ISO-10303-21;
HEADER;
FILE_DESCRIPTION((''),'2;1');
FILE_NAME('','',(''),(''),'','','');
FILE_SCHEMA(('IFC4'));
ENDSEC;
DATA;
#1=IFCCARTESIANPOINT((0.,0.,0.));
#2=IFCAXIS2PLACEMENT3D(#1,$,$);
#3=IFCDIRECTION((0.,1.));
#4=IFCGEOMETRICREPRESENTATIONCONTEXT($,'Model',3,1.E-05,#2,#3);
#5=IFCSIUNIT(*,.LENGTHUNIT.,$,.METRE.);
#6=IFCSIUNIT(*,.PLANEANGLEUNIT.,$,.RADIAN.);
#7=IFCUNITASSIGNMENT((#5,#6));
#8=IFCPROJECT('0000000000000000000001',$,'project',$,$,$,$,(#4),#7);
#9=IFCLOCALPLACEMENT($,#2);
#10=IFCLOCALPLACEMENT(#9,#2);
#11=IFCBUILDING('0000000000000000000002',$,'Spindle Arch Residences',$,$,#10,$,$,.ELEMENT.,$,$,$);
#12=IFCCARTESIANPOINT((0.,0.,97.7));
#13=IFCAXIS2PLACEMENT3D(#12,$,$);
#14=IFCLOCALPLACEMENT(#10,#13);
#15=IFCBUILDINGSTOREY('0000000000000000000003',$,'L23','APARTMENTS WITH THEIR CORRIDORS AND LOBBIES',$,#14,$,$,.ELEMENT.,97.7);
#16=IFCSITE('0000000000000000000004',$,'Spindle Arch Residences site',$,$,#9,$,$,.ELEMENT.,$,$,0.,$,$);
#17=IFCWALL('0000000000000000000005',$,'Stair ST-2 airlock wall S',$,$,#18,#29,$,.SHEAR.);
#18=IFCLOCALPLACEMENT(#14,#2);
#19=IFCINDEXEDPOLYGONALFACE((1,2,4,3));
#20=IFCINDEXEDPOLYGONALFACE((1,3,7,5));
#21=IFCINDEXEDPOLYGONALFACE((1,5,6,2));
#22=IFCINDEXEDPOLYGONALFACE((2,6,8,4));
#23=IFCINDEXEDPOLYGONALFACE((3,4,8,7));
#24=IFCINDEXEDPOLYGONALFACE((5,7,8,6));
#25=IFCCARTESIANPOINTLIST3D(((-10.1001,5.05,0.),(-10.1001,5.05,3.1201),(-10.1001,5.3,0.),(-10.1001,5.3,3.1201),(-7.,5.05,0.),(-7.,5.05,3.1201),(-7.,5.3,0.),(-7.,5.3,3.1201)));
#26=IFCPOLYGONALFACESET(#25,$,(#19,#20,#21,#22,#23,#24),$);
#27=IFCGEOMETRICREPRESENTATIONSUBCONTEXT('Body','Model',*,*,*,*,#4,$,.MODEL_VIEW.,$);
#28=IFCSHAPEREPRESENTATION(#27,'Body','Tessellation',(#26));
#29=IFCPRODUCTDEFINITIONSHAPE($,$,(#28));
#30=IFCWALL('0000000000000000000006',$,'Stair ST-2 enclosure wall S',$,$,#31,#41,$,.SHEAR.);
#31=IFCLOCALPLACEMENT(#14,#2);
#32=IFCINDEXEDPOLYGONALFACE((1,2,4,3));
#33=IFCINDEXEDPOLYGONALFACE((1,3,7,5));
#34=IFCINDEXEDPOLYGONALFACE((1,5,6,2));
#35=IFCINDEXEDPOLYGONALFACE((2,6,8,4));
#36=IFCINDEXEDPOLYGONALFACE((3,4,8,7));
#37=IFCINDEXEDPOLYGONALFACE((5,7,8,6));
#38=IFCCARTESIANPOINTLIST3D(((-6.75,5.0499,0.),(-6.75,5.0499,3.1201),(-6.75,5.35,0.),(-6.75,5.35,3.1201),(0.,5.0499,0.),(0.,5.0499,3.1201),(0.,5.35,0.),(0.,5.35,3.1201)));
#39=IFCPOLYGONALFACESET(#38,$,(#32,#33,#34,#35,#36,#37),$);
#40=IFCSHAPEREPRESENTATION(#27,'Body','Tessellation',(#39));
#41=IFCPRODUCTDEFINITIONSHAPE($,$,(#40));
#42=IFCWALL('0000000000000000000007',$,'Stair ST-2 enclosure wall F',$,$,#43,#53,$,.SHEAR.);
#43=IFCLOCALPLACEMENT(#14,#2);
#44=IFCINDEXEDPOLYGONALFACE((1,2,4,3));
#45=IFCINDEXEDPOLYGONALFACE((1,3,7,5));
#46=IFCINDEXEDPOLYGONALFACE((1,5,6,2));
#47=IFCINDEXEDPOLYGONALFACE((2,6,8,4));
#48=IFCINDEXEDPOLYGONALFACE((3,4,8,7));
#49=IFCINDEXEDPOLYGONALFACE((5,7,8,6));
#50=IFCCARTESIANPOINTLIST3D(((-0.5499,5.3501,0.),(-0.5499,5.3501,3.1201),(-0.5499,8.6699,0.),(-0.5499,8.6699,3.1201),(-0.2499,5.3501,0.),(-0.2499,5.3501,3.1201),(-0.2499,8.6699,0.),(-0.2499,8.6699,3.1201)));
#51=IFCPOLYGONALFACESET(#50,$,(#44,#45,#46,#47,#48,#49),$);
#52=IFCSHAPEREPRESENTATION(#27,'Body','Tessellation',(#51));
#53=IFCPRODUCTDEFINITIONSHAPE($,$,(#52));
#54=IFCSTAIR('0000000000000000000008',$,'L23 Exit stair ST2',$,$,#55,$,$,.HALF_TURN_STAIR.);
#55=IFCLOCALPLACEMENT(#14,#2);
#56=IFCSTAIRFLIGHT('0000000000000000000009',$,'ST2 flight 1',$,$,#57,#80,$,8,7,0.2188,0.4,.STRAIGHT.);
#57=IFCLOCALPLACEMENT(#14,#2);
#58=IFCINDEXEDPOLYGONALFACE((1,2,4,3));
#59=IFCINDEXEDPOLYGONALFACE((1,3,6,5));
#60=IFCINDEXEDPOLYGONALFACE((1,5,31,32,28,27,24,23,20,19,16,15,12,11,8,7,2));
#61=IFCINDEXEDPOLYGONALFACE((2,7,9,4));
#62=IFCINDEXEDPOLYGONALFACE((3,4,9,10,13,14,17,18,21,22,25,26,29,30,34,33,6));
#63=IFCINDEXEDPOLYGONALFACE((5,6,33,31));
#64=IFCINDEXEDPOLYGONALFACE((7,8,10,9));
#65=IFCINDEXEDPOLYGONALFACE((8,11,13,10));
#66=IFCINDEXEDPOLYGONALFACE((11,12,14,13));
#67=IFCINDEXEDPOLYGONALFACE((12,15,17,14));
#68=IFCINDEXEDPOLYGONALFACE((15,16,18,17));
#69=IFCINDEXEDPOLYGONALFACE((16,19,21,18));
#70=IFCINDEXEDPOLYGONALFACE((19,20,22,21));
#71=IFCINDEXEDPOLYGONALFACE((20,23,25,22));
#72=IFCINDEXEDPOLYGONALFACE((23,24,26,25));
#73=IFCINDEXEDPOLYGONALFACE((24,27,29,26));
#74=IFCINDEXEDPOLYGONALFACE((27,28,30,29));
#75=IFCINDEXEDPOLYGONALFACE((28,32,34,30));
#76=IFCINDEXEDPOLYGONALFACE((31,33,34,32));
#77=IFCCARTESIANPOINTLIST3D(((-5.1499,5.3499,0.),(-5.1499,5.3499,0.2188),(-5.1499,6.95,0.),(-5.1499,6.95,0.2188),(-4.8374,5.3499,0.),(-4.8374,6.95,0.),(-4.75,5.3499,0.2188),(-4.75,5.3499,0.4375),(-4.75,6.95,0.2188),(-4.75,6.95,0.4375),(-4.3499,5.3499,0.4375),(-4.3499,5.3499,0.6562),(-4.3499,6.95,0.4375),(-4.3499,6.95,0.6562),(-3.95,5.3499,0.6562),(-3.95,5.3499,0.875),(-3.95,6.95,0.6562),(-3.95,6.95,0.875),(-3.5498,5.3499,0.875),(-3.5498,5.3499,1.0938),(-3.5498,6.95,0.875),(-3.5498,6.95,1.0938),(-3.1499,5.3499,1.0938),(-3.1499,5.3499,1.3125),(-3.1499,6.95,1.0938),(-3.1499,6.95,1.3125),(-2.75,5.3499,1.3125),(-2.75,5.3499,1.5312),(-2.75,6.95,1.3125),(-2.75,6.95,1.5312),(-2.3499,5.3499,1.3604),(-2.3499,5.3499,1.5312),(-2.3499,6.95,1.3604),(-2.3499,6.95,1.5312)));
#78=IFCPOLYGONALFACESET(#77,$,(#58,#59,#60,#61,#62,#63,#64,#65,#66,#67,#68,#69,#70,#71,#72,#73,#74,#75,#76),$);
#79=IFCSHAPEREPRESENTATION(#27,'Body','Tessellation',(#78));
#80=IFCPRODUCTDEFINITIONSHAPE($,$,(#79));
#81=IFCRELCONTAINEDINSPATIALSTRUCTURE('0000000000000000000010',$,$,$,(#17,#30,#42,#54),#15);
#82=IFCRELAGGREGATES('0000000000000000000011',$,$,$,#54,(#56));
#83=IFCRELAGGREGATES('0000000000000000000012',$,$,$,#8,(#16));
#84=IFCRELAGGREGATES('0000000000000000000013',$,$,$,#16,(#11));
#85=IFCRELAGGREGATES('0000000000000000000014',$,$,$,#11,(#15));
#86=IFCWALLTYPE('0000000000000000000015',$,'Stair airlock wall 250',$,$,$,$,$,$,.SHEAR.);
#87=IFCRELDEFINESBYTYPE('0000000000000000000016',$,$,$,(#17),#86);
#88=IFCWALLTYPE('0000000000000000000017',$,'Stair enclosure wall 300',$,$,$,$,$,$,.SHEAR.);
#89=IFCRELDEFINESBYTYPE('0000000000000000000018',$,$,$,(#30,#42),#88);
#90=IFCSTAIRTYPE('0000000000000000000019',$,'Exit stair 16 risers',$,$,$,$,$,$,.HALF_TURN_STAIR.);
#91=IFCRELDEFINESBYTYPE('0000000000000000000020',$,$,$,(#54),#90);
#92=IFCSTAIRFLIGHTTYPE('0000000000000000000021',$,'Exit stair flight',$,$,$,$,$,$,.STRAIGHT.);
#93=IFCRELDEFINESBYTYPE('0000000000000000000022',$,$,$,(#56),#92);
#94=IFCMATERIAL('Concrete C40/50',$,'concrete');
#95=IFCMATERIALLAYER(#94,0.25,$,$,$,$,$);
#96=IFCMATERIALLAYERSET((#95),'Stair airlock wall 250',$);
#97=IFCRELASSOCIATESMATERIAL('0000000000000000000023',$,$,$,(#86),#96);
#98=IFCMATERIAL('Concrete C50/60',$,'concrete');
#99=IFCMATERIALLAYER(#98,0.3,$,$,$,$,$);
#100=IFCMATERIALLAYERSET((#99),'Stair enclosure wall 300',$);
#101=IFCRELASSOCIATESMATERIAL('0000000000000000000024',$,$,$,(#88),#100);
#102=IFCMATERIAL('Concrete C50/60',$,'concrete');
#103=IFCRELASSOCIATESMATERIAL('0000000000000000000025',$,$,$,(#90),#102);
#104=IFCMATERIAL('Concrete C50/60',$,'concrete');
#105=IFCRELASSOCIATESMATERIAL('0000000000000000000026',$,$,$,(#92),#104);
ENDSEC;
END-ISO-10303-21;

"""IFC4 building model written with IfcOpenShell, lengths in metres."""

from ifc_helpers import new_model, si_unit, direction, frame, frame_2d, origin, place, context, subcontext, project, spatial, polyline, rectangle, outline, extrude, material, layer, layer_set, type_object, element, aggregate, save


model = new_model("IFC4")

# Units and contexts
model_context = context("Model", 3, precision=1e-05, world=origin(), true_north=direction((0.0, 1.0)))
body_context = subcontext(model_context, "Body", "Model", "MODEL_VIEW")
ifc_project = project(units=[si_unit("LENGTHUNIT", "METRE"), si_unit("PLANEANGLEUNIT", "RADIAN")], contexts=[model_context])

# Site, building, storey
site_placement = place(None, origin())
site = spatial("IfcSite", under=ifc_project, at=site_placement, Name="Spindle Arch Residences site", CompositionType="ELEMENT", RefElevation=0.0)
building_placement = place(site_placement, origin())
building = spatial("IfcBuilding", under=site, at=building_placement, Name="Spindle Arch Residences", CompositionType="ELEMENT")
storey_placement = place(building_placement, frame((0.0, 0.0, 97.7)))
storey = spatial("IfcBuildingStorey", under=building, at=storey_placement, Name="L23", Description="APARTMENTS WITH THEIR CORRIDORS AND LOBBIES", CompositionType="ELEMENT", Elevation=97.7)

# Walls
ifc_material_1 = material(Name="Concrete C40/50", Category="concrete")
ifc_layer_1 = layer(ifc_material_1, 0.25)
ifc_layer_set_1 = layer_set([ifc_layer_1], Name="Stair airlock wall 250")
wall_type_1 = type_object("IfcWallType", Name="Stair airlock wall 250", PredefinedType="SHEAR", material=ifc_layer_set_1)
wall_1_placement = place(storey_placement, frame((-7.0, 5.175, 0.0), z_axis=(0.0, 0.0, 1.0), x_axis=(-1.0, 0.0, 0.0)))
element("IfcWall", 1, at=wall_1_placement, inside=storey, type_object=wall_type_1, Name="Stair ST-2 airlock wall S", PredefinedType="SHEAR", context=body_context, shape_type="SweptSolid", body=[
    extrude(rectangle(XDim=3.1001, YDim=0.25, at=frame_2d((1.55, 0.0))), origin(), (0.0, 0.0, 1.0), 3.1201),
])
ifc_material_2 = material(Name="Concrete C50/60", Category="concrete")
ifc_layer_2 = layer(ifc_material_2, 0.3)
ifc_layer_set_2 = layer_set([ifc_layer_2], Name="Stair enclosure wall 300")
wall_type_2 = type_object("IfcWallType", Name="Stair enclosure wall 300", PredefinedType="SHEAR", material=ifc_layer_set_2)
wall_2_placement = place(storey_placement, frame((-6.75, 5.2, 0.0), z_axis=(0.0, 0.0, 1.0), x_axis=(1.0, 0.0, 0.0)))
element("IfcWall", 2, at=wall_2_placement, inside=storey, type_object=wall_type_2, Name="Stair ST-2 enclosure wall S", PredefinedType="SHEAR", context=body_context, shape_type="SweptSolid", body=[
    extrude(rectangle(XDim=6.75, YDim=0.3, at=frame_2d((3.375, 0.0))), origin(), (0.0, 0.0, 1.0), 3.1201),
])
wall_3_placement = place(storey_placement, frame((-0.3999, 5.3501, 0.0), z_axis=(0.0, 0.0, 1.0), x_axis=(0.0, 1.0, 0.0)))
element("IfcWall", 3, at=wall_3_placement, inside=storey, type_object=wall_type_2, Name="Stair ST-2 enclosure wall F", PredefinedType="SHEAR", context=body_context, shape_type="SweptSolid", body=[
    extrude(rectangle(XDim=3.3198, YDim=0.3, at=frame_2d((1.6599, 0.0))), origin(), (0.0, 0.0, 1.0), 3.1201),
])

# Stair, stair flight
ifc_material_3 = material(Name="Concrete C50/60", Category="concrete")
stair_type = type_object("IfcStairType", Name="Exit stair 16 risers", PredefinedType="HALF_TURN_STAIR", material=ifc_material_3)
stair_placement = place(storey_placement, origin())
stair = element("IfcStair", 4, at=stair_placement, inside=storey, type_object=stair_type, Name="L23 Exit stair ST2", PredefinedType="HALF_TURN_STAIR")
ifc_material_4 = material(Name="Concrete C50/60", Category="concrete")
stair_flight_type = type_object("IfcStairFlightType", Name="Exit stair flight", PredefinedType="STRAIGHT", material=ifc_material_4)
stair_flight_placement = place(storey_placement, frame((-5.1499, 6.1499, 0.0), z_axis=(0.0, 0.0, 1.0), x_axis=(1.0, 0.0, 0.0)))
stair_flight = element("IfcStairFlight", 5, at=stair_flight_placement, type_object=stair_flight_type, Name="ST2 flight 1", NumberOfRisers=8, NumberOfTreads=7, PredefinedType="STRAIGHT", RiserHeight=0.2188, TreadLength=0.4, context=body_context, shape_type="SweptSolid", body=[
    extrude(outline(polyline([(0.0, 0.0), (0.0, 0.2188), (0.3999, 0.2188), (0.3999, 0.4375), (0.8, 0.4375), (0.8, 0.6562), (1.2, 0.6562), (1.2, 0.875), (1.6001, 0.875), (1.6001, 1.0938), (2.0, 1.0938), (2.0, 1.3125), (2.3999, 1.3125), (2.3999, 1.5312), (2.8, 1.5312), (2.8, 1.75), (2.8, 1.3604), (0.3125, 0.0), (0.0, 0.0)])), frame((0.0, 0.8, 0.0), z_axis=(0.0, -1.0, 0.0), x_axis=(1.0, 0.0, 0.0)), (0.0, 0.0, 1.0), 1.6001),
])
aggregate(stair, [stair_flight])

save(model, "model.ifc")
